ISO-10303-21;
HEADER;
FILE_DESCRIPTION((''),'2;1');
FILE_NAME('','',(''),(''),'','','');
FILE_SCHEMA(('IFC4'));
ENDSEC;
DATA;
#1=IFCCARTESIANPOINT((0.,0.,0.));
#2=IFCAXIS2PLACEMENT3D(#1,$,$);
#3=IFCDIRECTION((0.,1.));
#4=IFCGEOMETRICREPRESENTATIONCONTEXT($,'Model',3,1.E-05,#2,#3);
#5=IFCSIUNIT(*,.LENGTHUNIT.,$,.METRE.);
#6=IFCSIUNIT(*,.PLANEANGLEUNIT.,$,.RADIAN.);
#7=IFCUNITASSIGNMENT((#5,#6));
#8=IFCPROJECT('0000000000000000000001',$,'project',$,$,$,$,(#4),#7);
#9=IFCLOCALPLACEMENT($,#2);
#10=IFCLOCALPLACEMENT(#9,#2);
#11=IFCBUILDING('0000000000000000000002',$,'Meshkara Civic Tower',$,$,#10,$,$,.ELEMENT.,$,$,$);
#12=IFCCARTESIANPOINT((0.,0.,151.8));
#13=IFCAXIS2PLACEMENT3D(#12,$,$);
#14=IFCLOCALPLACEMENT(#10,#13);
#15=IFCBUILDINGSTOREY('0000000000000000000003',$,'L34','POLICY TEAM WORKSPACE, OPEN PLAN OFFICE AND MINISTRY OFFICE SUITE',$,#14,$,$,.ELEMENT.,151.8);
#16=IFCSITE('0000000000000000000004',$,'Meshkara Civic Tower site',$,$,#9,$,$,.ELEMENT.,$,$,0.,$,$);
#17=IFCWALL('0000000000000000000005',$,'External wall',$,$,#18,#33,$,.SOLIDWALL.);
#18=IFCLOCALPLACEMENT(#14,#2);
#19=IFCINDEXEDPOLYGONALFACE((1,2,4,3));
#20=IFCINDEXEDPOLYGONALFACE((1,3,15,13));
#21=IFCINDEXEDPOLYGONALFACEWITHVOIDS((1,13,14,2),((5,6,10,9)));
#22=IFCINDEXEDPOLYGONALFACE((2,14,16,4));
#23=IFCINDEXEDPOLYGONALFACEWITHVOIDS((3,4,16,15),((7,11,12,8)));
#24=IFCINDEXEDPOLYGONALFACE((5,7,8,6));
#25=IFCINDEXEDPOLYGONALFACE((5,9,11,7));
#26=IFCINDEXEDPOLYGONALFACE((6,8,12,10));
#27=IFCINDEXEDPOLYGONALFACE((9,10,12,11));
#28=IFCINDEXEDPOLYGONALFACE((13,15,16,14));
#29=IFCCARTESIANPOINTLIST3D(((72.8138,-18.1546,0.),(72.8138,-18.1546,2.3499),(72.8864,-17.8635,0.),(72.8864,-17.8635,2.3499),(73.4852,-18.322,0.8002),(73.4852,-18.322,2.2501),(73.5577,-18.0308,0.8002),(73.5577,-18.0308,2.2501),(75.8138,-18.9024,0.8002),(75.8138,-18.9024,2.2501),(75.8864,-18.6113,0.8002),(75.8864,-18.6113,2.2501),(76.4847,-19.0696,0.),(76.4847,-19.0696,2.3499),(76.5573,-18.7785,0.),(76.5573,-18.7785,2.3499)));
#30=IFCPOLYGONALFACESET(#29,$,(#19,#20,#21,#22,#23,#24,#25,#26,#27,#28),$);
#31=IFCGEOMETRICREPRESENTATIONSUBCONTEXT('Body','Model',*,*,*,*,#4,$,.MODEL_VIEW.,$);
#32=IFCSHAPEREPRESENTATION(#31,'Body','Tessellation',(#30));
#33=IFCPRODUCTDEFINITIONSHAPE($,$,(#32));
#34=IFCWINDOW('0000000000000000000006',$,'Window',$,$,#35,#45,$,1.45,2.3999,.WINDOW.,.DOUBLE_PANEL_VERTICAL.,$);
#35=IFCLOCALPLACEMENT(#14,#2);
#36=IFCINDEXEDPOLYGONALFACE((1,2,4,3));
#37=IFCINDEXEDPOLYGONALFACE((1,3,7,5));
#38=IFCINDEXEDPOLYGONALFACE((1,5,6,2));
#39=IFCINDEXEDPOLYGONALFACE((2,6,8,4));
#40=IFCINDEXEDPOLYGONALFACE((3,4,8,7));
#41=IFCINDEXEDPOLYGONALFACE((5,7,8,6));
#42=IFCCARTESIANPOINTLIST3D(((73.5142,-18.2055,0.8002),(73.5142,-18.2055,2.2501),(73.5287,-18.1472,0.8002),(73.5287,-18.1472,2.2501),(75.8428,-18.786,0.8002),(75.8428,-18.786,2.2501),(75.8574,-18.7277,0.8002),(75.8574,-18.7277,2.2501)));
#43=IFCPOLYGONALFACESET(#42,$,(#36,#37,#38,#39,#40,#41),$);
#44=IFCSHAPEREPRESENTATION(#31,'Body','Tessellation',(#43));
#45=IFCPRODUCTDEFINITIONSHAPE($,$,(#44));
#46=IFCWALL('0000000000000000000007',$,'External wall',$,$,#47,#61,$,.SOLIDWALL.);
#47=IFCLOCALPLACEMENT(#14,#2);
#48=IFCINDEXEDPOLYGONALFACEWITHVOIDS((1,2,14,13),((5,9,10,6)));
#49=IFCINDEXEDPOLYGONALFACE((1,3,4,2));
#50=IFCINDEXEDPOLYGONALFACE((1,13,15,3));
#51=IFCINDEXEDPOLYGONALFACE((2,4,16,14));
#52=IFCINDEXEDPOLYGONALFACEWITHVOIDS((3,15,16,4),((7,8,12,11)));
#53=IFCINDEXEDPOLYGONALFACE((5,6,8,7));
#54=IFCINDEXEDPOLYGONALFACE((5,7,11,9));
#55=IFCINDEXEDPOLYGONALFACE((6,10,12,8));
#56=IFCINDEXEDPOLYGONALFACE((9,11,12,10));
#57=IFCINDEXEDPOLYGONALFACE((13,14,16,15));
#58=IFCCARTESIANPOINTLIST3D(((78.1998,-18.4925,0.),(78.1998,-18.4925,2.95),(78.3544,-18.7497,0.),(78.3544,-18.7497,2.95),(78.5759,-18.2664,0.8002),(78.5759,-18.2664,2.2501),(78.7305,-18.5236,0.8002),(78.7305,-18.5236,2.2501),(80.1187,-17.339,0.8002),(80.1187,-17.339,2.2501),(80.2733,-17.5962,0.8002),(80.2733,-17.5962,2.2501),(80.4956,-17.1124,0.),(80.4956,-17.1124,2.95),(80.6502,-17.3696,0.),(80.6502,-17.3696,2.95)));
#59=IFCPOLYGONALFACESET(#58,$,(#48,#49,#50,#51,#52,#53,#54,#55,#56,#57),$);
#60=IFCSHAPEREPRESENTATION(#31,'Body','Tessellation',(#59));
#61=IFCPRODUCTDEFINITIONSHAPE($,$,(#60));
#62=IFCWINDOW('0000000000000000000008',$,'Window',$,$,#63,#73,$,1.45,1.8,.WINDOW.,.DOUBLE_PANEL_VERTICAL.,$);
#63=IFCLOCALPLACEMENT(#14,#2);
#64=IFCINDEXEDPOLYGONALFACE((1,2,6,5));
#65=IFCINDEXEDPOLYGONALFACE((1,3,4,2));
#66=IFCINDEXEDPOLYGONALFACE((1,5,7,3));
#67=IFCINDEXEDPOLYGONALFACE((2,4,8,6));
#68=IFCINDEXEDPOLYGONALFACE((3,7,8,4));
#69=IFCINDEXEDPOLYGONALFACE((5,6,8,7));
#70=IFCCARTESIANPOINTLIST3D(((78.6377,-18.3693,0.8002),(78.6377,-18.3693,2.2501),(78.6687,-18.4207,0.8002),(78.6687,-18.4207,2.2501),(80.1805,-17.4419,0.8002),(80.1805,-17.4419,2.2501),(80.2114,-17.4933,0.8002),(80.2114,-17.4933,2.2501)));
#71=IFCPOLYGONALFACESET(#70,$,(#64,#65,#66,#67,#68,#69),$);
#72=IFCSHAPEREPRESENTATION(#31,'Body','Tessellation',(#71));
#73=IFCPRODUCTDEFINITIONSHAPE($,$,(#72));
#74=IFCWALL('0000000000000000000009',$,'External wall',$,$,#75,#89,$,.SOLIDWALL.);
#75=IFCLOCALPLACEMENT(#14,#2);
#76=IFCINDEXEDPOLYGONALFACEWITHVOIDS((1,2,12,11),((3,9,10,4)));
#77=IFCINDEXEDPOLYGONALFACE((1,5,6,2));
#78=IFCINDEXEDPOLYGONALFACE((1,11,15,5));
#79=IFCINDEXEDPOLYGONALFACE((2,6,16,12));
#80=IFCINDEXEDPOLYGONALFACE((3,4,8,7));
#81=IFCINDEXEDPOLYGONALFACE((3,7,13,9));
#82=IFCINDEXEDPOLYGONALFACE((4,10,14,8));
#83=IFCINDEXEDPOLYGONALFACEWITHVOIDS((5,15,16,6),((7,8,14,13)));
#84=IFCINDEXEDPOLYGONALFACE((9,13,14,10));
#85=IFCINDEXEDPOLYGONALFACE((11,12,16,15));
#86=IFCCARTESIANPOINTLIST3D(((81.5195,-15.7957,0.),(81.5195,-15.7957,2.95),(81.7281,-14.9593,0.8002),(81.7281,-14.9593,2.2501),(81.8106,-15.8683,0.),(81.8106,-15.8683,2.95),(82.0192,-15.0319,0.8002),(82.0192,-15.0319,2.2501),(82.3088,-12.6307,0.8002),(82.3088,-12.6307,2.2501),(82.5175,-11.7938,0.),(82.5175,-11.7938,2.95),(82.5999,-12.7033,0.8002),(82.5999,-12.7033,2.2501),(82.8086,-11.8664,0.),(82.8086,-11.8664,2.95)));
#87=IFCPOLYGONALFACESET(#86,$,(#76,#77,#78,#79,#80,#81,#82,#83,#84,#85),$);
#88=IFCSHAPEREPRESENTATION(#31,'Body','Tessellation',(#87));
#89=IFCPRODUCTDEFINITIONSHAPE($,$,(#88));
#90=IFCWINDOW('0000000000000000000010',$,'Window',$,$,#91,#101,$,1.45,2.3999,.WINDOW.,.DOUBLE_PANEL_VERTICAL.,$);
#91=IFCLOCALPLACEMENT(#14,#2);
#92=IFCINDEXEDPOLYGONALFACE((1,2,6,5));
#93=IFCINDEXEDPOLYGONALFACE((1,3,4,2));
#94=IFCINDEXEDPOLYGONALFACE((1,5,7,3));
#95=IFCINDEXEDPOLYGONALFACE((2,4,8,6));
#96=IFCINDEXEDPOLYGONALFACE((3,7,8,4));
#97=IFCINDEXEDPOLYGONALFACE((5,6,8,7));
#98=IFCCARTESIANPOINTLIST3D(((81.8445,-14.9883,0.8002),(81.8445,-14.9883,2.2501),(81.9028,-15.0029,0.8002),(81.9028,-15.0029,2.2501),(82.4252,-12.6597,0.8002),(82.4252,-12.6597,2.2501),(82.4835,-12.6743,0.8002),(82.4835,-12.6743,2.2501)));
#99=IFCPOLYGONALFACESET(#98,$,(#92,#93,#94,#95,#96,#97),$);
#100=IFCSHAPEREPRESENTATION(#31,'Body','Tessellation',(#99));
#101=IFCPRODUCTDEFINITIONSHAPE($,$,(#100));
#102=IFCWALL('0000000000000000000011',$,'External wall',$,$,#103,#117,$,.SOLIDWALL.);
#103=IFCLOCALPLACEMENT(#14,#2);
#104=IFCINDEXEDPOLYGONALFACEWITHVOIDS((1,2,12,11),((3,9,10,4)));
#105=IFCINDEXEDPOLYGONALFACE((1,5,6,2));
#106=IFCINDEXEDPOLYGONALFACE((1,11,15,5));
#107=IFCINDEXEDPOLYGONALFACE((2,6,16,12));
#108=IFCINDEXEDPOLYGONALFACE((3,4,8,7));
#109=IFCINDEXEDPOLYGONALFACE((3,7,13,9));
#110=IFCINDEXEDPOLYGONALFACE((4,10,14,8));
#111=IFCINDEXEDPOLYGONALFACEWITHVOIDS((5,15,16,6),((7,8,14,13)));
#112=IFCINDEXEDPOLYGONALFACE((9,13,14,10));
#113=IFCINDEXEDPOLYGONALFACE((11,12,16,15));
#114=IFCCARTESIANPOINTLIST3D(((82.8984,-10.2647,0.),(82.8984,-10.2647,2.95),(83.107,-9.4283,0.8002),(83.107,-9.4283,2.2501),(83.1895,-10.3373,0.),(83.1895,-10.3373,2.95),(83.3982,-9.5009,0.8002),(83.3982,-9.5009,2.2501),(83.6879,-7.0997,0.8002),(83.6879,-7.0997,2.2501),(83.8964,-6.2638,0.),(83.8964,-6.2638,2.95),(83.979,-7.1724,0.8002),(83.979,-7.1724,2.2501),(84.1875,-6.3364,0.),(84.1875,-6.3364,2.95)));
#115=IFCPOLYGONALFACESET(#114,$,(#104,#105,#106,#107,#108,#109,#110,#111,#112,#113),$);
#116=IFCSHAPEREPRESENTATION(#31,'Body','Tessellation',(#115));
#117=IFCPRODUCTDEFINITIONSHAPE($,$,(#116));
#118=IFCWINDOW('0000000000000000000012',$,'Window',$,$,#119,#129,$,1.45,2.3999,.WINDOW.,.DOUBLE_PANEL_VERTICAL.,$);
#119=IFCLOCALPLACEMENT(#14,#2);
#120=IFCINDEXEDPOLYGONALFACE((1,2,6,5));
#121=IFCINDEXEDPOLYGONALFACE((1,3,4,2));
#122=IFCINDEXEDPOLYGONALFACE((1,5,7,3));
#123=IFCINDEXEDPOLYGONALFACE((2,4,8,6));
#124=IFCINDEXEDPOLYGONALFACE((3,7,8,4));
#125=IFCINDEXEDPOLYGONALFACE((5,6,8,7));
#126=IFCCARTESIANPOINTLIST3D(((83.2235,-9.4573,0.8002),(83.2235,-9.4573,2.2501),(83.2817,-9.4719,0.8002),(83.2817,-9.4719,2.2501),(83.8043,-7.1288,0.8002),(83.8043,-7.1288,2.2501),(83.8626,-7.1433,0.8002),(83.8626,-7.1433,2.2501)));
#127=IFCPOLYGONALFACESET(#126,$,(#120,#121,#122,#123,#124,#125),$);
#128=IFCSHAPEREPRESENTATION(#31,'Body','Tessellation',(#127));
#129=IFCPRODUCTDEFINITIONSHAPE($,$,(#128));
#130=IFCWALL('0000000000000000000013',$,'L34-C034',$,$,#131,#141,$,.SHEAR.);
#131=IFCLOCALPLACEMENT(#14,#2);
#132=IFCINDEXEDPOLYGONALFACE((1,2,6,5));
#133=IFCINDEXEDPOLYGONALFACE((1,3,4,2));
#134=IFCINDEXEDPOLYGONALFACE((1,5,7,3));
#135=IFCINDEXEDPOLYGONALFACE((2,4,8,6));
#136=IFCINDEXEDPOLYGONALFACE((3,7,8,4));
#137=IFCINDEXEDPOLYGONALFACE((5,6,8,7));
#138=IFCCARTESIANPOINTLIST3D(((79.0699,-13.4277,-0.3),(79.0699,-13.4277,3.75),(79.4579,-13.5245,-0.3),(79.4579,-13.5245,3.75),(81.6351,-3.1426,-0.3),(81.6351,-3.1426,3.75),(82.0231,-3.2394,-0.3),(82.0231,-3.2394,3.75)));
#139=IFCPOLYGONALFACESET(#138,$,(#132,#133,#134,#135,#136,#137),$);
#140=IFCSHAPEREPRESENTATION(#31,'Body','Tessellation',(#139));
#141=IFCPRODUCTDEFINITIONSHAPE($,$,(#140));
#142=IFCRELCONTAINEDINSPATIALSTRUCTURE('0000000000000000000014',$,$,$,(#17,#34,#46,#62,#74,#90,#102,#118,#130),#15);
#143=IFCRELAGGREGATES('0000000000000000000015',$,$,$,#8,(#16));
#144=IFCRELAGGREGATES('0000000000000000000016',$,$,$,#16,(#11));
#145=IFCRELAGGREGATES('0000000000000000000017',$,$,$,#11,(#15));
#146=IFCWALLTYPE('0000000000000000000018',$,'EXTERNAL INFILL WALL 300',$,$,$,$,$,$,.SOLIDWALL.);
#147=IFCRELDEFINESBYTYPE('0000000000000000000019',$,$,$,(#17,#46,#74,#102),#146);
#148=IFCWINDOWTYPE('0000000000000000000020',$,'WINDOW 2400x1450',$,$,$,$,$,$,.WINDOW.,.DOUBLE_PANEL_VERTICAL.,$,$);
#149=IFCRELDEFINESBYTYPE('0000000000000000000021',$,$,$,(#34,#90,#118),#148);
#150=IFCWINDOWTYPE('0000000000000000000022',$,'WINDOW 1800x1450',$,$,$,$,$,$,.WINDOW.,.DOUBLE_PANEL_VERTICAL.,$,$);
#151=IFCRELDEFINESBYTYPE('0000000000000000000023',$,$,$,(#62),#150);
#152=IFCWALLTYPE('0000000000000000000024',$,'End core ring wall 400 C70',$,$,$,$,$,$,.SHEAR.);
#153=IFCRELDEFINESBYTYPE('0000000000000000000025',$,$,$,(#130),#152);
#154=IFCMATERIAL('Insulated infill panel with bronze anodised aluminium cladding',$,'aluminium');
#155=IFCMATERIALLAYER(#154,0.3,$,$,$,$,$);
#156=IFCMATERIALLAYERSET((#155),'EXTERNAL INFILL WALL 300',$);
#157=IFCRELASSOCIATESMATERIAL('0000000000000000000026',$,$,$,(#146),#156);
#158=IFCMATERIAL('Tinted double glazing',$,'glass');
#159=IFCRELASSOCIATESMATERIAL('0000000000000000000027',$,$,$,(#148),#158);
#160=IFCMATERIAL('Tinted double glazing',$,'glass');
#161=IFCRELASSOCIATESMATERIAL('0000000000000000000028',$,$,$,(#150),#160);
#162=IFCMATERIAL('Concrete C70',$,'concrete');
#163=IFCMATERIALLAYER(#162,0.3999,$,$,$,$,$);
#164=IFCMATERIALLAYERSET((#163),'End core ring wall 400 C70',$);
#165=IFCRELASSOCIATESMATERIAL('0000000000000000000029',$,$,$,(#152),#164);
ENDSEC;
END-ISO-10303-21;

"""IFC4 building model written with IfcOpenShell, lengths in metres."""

from ifc_helpers import new_model, si_unit, direction, frame, frame_2d, origin, place, context, subcontext, project, spatial, rectangle, extrude, material, layer, layer_set, type_object, element, fill, save


model = new_model("IFC4")

# Units and contexts
model_context = context("Model", 3, precision=1e-05, world=origin(), true_north=direction((0.0, 1.0)))
body_context = subcontext(model_context, "Body", "Model", "MODEL_VIEW")
ifc_project = project(units=[si_unit("LENGTHUNIT", "METRE"), si_unit("PLANEANGLEUNIT", "RADIAN")], contexts=[model_context])

# Site, building, storey
site_placement = place(None, origin())
site = spatial("IfcSite", under=ifc_project, at=site_placement, Name="Meshkara Civic Tower site", CompositionType="ELEMENT", RefElevation=0.0)
building_placement = place(site_placement, origin())
building = spatial("IfcBuilding", under=site, at=building_placement, Name="Meshkara Civic Tower", CompositionType="ELEMENT")
storey_placement = place(building_placement, frame((0.0, 0.0, 151.8)))
storey = spatial("IfcBuildingStorey", under=building, at=storey_placement, Name="L34", Description="POLICY TEAM WORKSPACE, OPEN PLAN OFFICE AND MINISTRY OFFICE SUITE", CompositionType="ELEMENT", Elevation=151.8)

# Walls, openings, windows
ifc_material_1 = material(Name="Insulated infill panel with bronze anodised aluminium cladding", Category="aluminium")
ifc_layer_1 = layer(ifc_material_1, 0.3)
ifc_layer_set_1 = layer_set([ifc_layer_1], Name="EXTERNAL INFILL WALL 300")
wall_type_1 = type_object("IfcWallType", Name="EXTERNAL INFILL WALL 300", PredefinedType="SOLIDWALL", material=ifc_layer_set_1)
wall_1_placement = place(storey_placement, frame((72.8501, -18.009, 0.0), z_axis=(0.0, 0.0, 1.0), x_axis=(0.970309, -0.241867, 0.0)))
wall_1 = element("IfcWall", 1, at=wall_1_placement, inside=storey, type_object=wall_type_1, Name="External wall", PredefinedType="SOLIDWALL", context=body_context, shape_type="SweptSolid", body=[
    extrude(rectangle(XDim=3.7832, YDim=0.3, at=frame_2d((1.8916, 0.0))), origin(), (0.0, 0.0, 1.0), 2.3499),
])
opening_1_placement = place(wall_1_placement, frame((0.6919, 0.0, 0.8)))
opening_1 = element("IfcOpeningElement", 2, at=opening_1_placement, cuts=wall_1, PredefinedType="OPENING", context=body_context, shape_type="SweptSolid", body=[
    extrude(rectangle(XDim=2.3999, YDim=1.45, at=frame_2d((1.2, 0.7251))), frame((0.0, 0.1599, 0.0), z_axis=(0.0, -1.0, 0.0), x_axis=(1.0, 0.0, 0.0)), (0.0, 0.0, 1.0), 0.3201),
])
ifc_material_2 = material(Name="Tinted double glazing", Category="glass")
window_type_1 = type_object("IfcWindowType", Name="WINDOW 2400x1450", PartitioningType="DOUBLE_PANEL_VERTICAL", PredefinedType="WINDOW", material=ifc_material_2)
window_1_placement = place(opening_1_placement, origin())
window_1 = element("IfcWindow", 3, at=window_1_placement, inside=storey, type_object=window_type_1, Name="Window", OverallHeight=1.45, OverallWidth=2.3999, PartitioningType="DOUBLE_PANEL_VERTICAL", PredefinedType="WINDOW", context=body_context, shape_type="SweptSolid", body=[
    extrude(rectangle(XDim=2.3999, YDim=1.45, at=frame_2d((1.2, 0.7251))), frame((0.0, 0.03, 0.0), z_axis=(0.0, -1.0, 0.0), x_axis=(1.0, 0.0, 0.0)), (0.0, 0.0, 1.0), 0.0601),
])
fill(opening_1, window_1)
wall_2_placement = place(storey_placement, frame((78.2771, -18.6211, 0.0), z_axis=(0.0, 0.0, 1.0), x_axis=(0.857066, 0.515206, 0.0)))
wall_2 = element("IfcWall", 4, at=wall_2_placement, inside=storey, type_object=wall_type_1, Name="External wall", PredefinedType="SOLIDWALL", context=body_context, shape_type="SweptSolid", body=[
    extrude(rectangle(XDim=2.6787, YDim=0.3, at=frame_2d((1.3394, 0.0))), origin(), (0.0, 0.0, 1.0), 2.95),
])
opening_2_placement = place(wall_2_placement, frame((0.439, 0.0, 0.8)))
opening_2 = element("IfcOpeningElement", 5, at=opening_2_placement, cuts=wall_2, PredefinedType="OPENING", context=body_context, shape_type="SweptSolid", body=[
    extrude(rectangle(XDim=1.8, YDim=1.45, at=frame_2d((0.8999, 0.7251))), frame((0.0, 0.1599, 0.0), z_axis=(0.0, -1.0, 0.0), x_axis=(1.0, 0.0, 0.0)), (0.0, 0.0, 1.0), 0.3201),
])
ifc_material_3 = material(Name="Tinted double glazing", Category="glass")
window_type_2 = type_object("IfcWindowType", Name="WINDOW 1800x1450", PartitioningType="DOUBLE_PANEL_VERTICAL", PredefinedType="WINDOW", material=ifc_material_3)
window_2_placement = place(opening_2_placement, origin())
window_2 = element("IfcWindow", 6, at=window_2_placement, inside=storey, type_object=window_type_2, Name="Window", OverallHeight=1.45, OverallWidth=1.8, PartitioningType="DOUBLE_PANEL_VERTICAL", PredefinedType="WINDOW", context=body_context, shape_type="SweptSolid", body=[
    extrude(rectangle(XDim=1.8, YDim=1.45, at=frame_2d((0.8999, 0.7251))), frame((0.0, 0.03, 0.0), z_axis=(0.0, -1.0, 0.0), x_axis=(1.0, 0.0, 0.0)), (0.0, 0.0, 1.0), 0.0601),
])
fill(opening_2, window_2)
wall_3_placement = place(storey_placement, frame((81.665, -15.832, 0.0), z_axis=(0.0, 0.0, 1.0), x_axis=(0.241978, 0.970282, 0.0)))
wall_3 = element("IfcWall", 7, at=wall_3_placement, inside=storey, type_object=wall_type_1, Name="External wall", PredefinedType="SOLIDWALL", context=body_context, shape_type="SweptSolid", body=[
    extrude(rectangle(XDim=4.1245, YDim=0.3, at=frame_2d((2.0623, 0.0))), origin(), (0.0, 0.0, 1.0), 2.95),
])
opening_3_placement = place(wall_3_placement, frame((0.8621, 0.0, 0.8)))
opening_3 = element("IfcOpeningElement", 8, at=opening_3_placement, cuts=wall_3, PredefinedType="OPENING", context=body_context, shape_type="SweptSolid", body=[
    extrude(rectangle(XDim=2.3999, YDim=1.45, at=frame_2d((1.2, 0.7251))), frame((0.0, 0.1599, 0.0), z_axis=(0.0, -1.0, 0.0), x_axis=(1.0, 0.0, 0.0)), (0.0, 0.0, 1.0), 0.3201),
])
window_3_placement = place(opening_3_placement, origin())
window_3 = element("IfcWindow", 9, at=window_3_placement, inside=storey, type_object=window_type_1, Name="Window", OverallHeight=1.45, OverallWidth=2.3999, PartitioningType="DOUBLE_PANEL_VERTICAL", PredefinedType="WINDOW", context=body_context, shape_type="SweptSolid", body=[
    extrude(rectangle(XDim=2.3999, YDim=1.45, at=frame_2d((1.2, 0.7251))), frame((0.0, 0.03, 0.0), z_axis=(0.0, -1.0, 0.0), x_axis=(1.0, 0.0, 0.0)), (0.0, 0.0, 1.0), 0.0601),
])
fill(opening_3, window_3)
wall_4_placement = place(storey_placement, frame((83.0439, -10.301, 0.0), z_axis=(0.0, 0.0, 1.0), x_axis=(0.242034, 0.970268, 0.0)))
wall_4 = element("IfcWall", 10, at=wall_4_placement, inside=storey, type_object=wall_type_1, Name="External wall", PredefinedType="SOLIDWALL", context=body_context, shape_type="SweptSolid", body=[
    extrude(rectangle(XDim=4.1235, YDim=0.3, at=frame_2d((2.0618, 0.0))), origin(), (0.0, 0.0, 1.0), 2.95),
])
opening_4_placement = place(wall_4_placement, frame((0.8621, 0.0, 0.8)))
opening_4 = element("IfcOpeningElement", 11, at=opening_4_placement, cuts=wall_4, PredefinedType="OPENING", context=body_context, shape_type="SweptSolid", body=[
    extrude(rectangle(XDim=2.3999, YDim=1.45, at=frame_2d((1.2, 0.7251))), frame((0.0, 0.1599, 0.0), z_axis=(0.0, -1.0, 0.0), x_axis=(1.0, 0.0, 0.0)), (0.0, 0.0, 1.0), 0.3201),
])
window_4_placement = place(opening_4_placement, origin())
window_4 = element("IfcWindow", 12, at=window_4_placement, inside=storey, type_object=window_type_1, Name="Window", OverallHeight=1.45, OverallWidth=2.3999, PartitioningType="DOUBLE_PANEL_VERTICAL", PredefinedType="WINDOW", context=body_context, shape_type="SweptSolid", body=[
    extrude(rectangle(XDim=2.3999, YDim=1.45, at=frame_2d((1.2, 0.7251))), frame((0.0, 0.03, 0.0), z_axis=(0.0, -1.0, 0.0), x_axis=(1.0, 0.0, 0.0)), (0.0, 0.0, 1.0), 0.0601),
])
fill(opening_4, window_4)

# Wall
ifc_material_4 = material(Name="Concrete C70", Category="concrete")
ifc_layer_2 = layer(ifc_material_4, 0.3999)
ifc_layer_set_2 = layer_set([ifc_layer_2], Name="End core ring wall 400 C70")
wall_type_2 = type_object("IfcWallType", Name="End core ring wall 400 C70", PredefinedType="SHEAR", material=ifc_layer_set_2)
wall_5_placement = place(storey_placement, frame((79.2639, -13.4761, -0.3), z_axis=(0.0, 0.0, 1.0), x_axis=(0.241994, 0.970278, 0.0)))
element("IfcWall", 13, at=wall_5_placement, inside=storey, type_object=wall_type_2, Name="L34-C034", PredefinedType="SHEAR", context=body_context, shape_type="SweptSolid", body=[
    extrude(rectangle(XDim=10.6001, YDim=0.3999, at=frame_2d((5.3, 0.0))), origin(), (0.0, 0.0, 1.0), 4.05),
])

save(model, "model.ifc")
